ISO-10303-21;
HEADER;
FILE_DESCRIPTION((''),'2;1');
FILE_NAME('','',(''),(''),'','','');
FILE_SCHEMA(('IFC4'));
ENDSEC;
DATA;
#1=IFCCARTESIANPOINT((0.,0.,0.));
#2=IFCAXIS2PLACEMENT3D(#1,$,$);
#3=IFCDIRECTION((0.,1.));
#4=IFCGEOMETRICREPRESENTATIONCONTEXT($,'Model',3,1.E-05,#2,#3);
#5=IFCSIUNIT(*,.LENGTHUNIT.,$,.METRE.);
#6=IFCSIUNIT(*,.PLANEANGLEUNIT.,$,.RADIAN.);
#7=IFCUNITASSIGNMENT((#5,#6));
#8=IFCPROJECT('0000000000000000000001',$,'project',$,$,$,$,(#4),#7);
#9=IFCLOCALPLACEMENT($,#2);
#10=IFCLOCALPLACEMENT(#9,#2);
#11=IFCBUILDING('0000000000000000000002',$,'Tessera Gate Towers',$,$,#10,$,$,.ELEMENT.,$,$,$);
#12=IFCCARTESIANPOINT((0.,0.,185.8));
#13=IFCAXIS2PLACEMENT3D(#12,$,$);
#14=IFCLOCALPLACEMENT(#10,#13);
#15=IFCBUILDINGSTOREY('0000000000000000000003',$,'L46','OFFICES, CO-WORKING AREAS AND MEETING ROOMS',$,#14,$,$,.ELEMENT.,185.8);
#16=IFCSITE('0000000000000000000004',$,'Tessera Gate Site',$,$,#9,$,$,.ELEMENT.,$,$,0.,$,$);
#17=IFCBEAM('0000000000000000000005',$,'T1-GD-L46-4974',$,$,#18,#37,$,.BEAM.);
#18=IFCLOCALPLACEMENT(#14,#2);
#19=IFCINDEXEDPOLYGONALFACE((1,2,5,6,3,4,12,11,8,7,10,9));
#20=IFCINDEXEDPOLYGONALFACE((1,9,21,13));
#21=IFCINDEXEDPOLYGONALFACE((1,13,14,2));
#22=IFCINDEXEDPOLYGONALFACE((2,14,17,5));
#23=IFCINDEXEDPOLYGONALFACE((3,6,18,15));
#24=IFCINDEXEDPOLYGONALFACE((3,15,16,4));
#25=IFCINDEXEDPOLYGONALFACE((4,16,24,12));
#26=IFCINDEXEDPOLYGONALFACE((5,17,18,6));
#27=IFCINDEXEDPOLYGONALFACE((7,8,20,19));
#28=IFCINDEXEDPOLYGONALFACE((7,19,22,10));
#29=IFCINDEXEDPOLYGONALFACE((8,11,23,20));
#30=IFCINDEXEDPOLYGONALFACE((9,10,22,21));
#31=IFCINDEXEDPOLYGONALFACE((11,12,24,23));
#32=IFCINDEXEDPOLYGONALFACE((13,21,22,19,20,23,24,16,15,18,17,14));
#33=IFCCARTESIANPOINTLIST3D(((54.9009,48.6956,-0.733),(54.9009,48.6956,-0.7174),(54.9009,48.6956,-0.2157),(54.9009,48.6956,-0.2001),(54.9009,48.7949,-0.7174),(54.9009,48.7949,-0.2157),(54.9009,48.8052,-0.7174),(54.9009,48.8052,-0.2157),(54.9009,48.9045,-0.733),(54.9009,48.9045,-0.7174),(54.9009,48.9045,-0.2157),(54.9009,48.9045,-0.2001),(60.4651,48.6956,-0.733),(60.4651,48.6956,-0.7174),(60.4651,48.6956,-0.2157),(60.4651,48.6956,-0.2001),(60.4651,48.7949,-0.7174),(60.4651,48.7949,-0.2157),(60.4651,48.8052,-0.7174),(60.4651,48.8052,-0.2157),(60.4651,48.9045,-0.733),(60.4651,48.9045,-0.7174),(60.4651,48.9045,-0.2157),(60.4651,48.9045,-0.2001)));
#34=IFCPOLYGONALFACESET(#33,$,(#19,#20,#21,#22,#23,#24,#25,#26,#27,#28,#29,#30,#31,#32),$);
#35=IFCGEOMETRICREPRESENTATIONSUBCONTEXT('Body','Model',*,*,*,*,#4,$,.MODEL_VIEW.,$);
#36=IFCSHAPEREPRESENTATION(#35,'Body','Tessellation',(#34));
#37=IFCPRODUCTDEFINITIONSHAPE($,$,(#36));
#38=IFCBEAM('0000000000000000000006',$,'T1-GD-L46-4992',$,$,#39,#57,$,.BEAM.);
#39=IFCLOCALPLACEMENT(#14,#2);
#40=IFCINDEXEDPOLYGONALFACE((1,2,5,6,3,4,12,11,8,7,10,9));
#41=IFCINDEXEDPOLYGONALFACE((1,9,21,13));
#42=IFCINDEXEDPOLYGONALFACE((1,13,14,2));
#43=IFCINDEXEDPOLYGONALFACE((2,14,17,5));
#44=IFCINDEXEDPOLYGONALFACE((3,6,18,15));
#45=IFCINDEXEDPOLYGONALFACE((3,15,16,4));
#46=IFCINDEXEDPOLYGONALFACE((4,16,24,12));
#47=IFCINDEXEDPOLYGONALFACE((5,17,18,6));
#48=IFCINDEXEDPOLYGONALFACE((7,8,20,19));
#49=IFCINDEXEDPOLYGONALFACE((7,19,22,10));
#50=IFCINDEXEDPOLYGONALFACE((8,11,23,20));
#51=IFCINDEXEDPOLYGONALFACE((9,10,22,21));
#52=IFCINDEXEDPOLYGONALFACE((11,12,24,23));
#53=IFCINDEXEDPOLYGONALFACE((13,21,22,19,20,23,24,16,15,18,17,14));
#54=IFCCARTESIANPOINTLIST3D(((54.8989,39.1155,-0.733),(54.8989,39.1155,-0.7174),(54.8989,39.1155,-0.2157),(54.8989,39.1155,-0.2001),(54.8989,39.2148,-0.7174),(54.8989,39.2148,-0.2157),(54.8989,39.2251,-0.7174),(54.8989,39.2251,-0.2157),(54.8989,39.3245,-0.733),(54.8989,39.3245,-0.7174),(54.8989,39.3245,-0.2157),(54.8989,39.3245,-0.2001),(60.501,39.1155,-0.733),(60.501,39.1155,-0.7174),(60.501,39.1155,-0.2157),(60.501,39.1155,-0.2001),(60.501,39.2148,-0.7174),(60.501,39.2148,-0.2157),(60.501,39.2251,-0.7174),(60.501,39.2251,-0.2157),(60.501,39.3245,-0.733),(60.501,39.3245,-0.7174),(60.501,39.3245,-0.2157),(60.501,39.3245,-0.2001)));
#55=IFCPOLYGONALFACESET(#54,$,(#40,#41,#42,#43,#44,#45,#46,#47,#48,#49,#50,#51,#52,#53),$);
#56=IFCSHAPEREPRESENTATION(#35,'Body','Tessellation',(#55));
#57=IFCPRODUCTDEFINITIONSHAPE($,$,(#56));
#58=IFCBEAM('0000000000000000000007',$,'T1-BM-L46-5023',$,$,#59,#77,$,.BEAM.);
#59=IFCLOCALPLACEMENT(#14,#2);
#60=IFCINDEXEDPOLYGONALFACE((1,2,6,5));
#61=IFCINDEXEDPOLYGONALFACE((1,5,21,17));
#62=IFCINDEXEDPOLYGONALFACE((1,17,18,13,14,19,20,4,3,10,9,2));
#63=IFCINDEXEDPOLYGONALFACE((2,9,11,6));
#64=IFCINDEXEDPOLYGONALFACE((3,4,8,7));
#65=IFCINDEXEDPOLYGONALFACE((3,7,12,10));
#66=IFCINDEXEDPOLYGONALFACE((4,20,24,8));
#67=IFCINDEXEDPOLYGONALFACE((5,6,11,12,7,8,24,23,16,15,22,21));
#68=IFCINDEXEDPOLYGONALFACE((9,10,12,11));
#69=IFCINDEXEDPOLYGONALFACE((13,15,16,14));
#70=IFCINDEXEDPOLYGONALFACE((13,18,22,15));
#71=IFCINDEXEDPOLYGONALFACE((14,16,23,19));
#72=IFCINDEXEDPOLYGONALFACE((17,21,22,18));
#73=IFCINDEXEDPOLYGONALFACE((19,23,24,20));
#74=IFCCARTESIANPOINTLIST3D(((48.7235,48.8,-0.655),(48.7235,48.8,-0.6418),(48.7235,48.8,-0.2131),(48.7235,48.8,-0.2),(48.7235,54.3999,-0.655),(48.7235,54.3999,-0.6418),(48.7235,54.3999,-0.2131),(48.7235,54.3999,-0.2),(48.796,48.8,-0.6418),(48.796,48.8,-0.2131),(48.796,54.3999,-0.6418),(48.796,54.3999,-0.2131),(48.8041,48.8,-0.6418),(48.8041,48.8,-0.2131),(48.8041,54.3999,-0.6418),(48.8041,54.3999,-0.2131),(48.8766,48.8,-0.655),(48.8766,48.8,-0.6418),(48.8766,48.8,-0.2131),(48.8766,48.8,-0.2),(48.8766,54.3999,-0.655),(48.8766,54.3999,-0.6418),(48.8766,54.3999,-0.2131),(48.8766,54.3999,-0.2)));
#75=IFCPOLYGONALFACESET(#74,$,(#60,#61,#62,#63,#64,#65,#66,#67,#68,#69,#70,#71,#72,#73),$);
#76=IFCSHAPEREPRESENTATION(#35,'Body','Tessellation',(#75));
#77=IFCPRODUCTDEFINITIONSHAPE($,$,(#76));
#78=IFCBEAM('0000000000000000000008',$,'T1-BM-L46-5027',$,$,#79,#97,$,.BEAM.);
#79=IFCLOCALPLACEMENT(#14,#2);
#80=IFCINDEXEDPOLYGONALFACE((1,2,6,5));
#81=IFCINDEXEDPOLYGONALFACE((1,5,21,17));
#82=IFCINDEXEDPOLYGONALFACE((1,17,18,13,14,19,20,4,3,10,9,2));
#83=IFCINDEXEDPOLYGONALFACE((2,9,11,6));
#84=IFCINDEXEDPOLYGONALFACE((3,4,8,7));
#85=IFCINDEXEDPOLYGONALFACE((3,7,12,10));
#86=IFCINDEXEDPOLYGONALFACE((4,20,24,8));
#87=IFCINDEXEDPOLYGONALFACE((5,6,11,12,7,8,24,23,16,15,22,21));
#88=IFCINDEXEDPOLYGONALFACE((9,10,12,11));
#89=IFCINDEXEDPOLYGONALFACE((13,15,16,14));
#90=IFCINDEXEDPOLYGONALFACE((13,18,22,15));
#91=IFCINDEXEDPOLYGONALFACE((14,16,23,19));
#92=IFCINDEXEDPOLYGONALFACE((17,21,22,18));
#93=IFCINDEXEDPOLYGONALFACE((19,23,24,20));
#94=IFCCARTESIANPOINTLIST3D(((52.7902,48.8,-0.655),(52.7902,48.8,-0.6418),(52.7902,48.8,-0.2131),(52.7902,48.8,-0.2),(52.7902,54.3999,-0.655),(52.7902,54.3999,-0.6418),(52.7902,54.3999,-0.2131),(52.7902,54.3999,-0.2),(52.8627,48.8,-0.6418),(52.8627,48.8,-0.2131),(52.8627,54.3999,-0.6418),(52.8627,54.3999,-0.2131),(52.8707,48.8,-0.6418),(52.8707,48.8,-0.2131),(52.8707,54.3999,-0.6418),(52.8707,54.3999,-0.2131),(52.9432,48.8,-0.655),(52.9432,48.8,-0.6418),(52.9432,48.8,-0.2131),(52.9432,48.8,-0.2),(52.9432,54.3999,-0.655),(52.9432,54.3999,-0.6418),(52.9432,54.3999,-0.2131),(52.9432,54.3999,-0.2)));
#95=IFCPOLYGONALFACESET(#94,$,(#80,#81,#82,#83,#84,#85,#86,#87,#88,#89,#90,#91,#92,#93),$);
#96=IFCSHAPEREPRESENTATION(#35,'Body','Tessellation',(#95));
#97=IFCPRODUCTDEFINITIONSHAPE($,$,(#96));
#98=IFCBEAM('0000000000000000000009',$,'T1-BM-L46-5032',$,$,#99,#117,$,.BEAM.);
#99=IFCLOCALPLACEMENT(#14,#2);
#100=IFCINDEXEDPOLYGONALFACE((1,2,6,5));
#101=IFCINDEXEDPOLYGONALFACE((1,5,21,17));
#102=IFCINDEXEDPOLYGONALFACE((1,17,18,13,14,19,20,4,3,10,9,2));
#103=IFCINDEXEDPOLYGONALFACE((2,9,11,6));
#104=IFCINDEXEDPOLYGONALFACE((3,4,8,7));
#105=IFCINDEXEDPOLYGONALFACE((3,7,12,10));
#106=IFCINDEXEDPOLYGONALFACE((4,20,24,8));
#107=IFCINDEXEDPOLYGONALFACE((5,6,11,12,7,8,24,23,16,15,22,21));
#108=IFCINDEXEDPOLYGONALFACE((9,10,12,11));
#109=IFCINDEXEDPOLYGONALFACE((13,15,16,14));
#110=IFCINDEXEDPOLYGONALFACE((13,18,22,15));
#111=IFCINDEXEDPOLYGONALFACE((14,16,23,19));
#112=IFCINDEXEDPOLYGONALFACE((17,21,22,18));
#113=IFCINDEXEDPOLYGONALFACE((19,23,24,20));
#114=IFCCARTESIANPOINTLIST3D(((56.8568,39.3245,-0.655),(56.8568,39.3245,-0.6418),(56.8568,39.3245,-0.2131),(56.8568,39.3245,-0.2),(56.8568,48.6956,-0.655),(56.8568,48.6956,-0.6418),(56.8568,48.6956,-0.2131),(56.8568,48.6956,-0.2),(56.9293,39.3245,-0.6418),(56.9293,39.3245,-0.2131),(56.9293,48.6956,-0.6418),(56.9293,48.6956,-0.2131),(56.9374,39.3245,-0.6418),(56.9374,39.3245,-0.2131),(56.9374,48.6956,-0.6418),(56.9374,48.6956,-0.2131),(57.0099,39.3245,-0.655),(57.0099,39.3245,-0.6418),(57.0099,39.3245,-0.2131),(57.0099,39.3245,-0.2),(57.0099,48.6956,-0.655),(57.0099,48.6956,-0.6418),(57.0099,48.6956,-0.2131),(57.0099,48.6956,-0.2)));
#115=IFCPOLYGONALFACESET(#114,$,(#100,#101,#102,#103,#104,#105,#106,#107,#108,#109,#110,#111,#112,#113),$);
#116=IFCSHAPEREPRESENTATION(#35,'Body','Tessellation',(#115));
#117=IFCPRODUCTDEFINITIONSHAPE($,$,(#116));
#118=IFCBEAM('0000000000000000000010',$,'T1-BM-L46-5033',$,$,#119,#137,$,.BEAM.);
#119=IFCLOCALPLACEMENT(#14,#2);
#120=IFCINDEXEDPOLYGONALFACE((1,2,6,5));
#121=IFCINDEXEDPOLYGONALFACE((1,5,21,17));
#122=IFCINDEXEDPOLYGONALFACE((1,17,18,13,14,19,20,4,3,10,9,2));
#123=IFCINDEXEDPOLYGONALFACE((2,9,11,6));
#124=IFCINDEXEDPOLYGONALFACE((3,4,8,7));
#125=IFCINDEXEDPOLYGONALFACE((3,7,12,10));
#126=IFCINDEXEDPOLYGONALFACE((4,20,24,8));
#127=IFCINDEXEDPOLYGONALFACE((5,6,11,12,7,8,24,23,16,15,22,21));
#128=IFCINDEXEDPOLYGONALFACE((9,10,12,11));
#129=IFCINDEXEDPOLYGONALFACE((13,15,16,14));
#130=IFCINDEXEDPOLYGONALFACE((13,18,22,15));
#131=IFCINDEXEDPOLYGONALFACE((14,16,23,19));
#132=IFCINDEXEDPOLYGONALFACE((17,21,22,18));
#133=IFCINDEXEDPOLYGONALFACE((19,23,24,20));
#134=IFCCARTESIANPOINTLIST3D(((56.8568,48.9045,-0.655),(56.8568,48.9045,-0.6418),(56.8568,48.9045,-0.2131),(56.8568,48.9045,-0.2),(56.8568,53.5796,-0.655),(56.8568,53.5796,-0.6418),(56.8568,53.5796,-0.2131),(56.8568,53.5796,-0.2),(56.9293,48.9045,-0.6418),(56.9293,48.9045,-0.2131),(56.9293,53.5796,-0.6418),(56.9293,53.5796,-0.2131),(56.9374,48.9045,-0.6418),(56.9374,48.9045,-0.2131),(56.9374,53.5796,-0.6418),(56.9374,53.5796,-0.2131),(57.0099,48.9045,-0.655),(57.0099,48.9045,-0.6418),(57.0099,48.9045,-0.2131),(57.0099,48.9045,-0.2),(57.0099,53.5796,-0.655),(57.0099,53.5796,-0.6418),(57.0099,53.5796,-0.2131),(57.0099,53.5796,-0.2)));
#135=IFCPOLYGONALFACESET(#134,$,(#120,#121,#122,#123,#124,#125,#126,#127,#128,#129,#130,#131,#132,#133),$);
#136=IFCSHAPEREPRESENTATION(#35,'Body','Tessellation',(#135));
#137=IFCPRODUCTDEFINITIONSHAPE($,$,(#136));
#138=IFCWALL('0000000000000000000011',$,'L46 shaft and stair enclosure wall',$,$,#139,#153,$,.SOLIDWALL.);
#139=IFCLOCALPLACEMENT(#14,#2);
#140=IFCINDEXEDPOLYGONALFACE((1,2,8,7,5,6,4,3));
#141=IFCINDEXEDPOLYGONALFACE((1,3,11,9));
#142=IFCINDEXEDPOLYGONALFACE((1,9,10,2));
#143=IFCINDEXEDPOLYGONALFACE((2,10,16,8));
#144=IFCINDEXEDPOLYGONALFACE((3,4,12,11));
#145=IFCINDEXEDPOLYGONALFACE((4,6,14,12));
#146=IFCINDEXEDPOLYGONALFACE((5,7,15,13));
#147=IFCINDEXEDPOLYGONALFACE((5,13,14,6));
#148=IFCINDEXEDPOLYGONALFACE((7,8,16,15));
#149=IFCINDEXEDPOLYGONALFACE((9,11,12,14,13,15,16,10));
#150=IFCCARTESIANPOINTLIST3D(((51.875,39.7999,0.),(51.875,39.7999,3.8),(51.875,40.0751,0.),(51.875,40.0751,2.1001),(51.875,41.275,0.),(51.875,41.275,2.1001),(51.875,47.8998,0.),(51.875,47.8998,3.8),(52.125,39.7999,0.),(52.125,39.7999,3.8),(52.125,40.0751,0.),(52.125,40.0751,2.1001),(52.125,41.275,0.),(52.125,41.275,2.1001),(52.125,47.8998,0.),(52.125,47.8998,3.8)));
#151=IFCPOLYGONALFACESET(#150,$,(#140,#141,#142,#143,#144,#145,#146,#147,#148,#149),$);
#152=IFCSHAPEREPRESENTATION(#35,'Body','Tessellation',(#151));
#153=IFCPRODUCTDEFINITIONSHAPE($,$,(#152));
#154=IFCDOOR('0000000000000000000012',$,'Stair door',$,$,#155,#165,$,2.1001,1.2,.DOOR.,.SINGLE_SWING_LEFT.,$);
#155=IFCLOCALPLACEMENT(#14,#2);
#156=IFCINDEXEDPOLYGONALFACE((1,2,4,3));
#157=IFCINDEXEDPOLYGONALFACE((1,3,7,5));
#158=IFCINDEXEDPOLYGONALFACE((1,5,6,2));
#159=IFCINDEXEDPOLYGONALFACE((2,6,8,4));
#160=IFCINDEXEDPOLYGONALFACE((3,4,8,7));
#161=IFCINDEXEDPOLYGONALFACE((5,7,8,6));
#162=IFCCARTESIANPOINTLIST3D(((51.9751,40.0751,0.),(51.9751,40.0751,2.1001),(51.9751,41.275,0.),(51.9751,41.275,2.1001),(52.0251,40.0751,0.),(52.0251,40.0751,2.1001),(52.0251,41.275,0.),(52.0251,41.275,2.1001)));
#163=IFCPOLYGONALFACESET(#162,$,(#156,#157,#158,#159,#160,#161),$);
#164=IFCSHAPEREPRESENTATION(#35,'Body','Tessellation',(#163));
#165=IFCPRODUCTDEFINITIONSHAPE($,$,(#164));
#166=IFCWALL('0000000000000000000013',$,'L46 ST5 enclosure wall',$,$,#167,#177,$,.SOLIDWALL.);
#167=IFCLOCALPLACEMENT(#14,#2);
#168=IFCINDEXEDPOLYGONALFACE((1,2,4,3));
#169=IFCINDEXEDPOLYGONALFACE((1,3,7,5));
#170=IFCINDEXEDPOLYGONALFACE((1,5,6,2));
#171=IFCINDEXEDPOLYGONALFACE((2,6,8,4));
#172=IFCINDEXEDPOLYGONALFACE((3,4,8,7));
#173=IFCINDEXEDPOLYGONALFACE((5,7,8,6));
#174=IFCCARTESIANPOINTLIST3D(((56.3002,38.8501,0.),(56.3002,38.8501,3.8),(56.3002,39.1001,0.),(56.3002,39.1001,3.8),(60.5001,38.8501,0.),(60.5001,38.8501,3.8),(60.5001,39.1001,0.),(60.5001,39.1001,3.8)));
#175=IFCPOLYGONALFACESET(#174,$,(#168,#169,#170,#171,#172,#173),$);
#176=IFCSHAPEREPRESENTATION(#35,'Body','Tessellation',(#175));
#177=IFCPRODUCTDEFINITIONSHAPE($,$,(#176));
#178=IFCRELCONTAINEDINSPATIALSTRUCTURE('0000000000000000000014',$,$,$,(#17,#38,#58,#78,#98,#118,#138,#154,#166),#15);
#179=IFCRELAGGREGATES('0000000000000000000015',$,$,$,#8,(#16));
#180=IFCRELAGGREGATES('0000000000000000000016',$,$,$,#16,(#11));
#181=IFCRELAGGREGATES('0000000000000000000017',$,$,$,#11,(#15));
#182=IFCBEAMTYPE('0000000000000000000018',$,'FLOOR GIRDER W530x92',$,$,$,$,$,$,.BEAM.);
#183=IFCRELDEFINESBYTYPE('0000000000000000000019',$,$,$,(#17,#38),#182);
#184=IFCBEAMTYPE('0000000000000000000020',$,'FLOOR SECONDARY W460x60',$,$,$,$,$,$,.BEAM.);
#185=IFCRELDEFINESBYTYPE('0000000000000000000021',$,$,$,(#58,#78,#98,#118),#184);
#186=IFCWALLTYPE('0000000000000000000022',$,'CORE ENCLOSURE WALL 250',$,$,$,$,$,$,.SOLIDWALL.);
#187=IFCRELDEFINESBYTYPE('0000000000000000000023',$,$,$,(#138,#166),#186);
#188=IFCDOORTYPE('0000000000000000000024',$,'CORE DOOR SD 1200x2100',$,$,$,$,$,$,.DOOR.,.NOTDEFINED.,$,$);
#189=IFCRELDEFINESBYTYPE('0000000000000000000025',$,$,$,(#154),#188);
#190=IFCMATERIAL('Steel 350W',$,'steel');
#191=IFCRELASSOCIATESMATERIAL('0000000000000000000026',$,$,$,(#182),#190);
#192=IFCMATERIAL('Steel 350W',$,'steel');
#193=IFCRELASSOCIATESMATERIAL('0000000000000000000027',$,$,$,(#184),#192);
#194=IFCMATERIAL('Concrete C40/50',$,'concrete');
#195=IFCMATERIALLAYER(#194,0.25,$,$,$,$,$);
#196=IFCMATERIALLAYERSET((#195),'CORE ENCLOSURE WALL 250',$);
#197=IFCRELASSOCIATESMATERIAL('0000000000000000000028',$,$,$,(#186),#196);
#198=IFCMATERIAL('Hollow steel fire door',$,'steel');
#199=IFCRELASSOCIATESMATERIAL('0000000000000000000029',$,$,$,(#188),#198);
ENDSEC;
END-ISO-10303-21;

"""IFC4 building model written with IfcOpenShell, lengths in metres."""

from ifc_helpers import new_model, si_unit, direction, frame, frame_2d, origin, origin_2d, place, context, subcontext, project, spatial, rectangle, i_section, extrude, source, transform, mapped, material, layer, layer_set, material_profile, profile_set, type_object, element, fill, save


model = new_model("IFC4")

# Units and contexts
model_context = context("Model", 3, precision=1e-05, world=origin(), true_north=direction((0.0, 1.0)))
body_context = subcontext(model_context, "Body", "Model", "MODEL_VIEW")
ifc_project = project(units=[si_unit("LENGTHUNIT", "METRE"), si_unit("PLANEANGLEUNIT", "RADIAN")], contexts=[model_context])

# Site, building, storey
site_placement = place(None, origin())
site = spatial("IfcSite", under=ifc_project, at=site_placement, Name="Tessera Gate Site", CompositionType="ELEMENT", RefElevation=0.0)
building_placement = place(site_placement, origin())
building = spatial("IfcBuilding", under=site, at=building_placement, Name="Tessera Gate Towers", CompositionType="ELEMENT")
storey_placement = place(building_placement, frame((0.0, 0.0, 185.8)))
storey = spatial("IfcBuildingStorey", under=building, at=storey_placement, Name="L46", Description="OFFICES, CO-WORKING AREAS AND MEETING ROOMS", CompositionType="ELEMENT", Elevation=185.8)

# Beams
ifc_material_1 = material(Name="Steel 350W", Category="steel")
ifc_material_profile_1 = material_profile(ifc_material_1, i_section(OverallWidth=0.209, OverallDepth=0.533, WebThickness=0.0103, FlangeThickness=0.0156, at=origin_2d()), Name="W530x92")
ifc_profile_set_1 = profile_set([ifc_material_profile_1], Name="Steel 350W")
beam_type_1 = type_object("IfcBeamType", Name="FLOOR GIRDER W530x92", PredefinedType="BEAM", material=ifc_profile_set_1)
beam_1_placement = place(storey_placement, frame((54.9009, 48.8, -0.4666), z_axis=(1.0, 0.0, 0.0), x_axis=(0.0, 1.0, 0.0)))
element("IfcBeam", 1, at=beam_1_placement, inside=storey, type_object=beam_type_1, Name="T1-GD-L46-4974", PredefinedType="BEAM", context=body_context, shape_type="SweptSolid", body=[
    extrude(i_section(OverallWidth=0.209, OverallDepth=0.533, WebThickness=0.0103, FlangeThickness=0.0156, at=origin_2d()), origin(), (0.0, 0.0, 1.0), 5.5642),
])
beam_2_placement = place(storey_placement, frame((54.8989, 39.22, -0.4666), z_axis=(1.0, 0.0, 0.0), x_axis=(0.0, 1.0, 0.0)))
element("IfcBeam", 2, at=beam_2_placement, inside=storey, type_object=beam_type_1, Name="T1-GD-L46-4992", PredefinedType="BEAM", context=body_context, shape_type="SweptSolid", body=[
    extrude(i_section(OverallWidth=0.209, OverallDepth=0.533, WebThickness=0.0103, FlangeThickness=0.0156, at=origin_2d()), origin(), (0.0, 0.0, 1.0), 5.6021),
])
ifc_material_2 = material(Name="Steel 350W", Category="steel")
ifc_material_profile_2 = material_profile(ifc_material_2, i_section(OverallWidth=0.1531, OverallDepth=0.4551, WebThickness=0.0081, FlangeThickness=0.0132, at=origin_2d()), Name="W460x60")
ifc_profile_set_2 = profile_set([ifc_material_profile_2], Name="Steel 350W")
beam_type_2 = type_object("IfcBeamType", Name="FLOOR SECONDARY W460x60", PredefinedType="BEAM", material=ifc_profile_set_2)
for number, where, z_axis, x_axis, name in (
    (3, (48.8, 48.8, -0.4275), (0.0, 1.0, 0.0), (-1.0, 0.0, 0.0), "T1-BM-L46-5023"),
    (4, (52.8667, 48.8, -0.4275), (0.0, 1.0, 0.0), (-1.0, 0.0, 0.0), "T1-BM-L46-5027"),
):
    element("IfcBeam", number, at=place(storey_placement, frame(where, z_axis=z_axis, x_axis=x_axis)), inside=storey, type_object=beam_type_2, Name=name, PredefinedType="BEAM", context=body_context, shape_type="SweptSolid", body=[
        extrude(i_section(OverallWidth=0.1531, OverallDepth=0.4551, WebThickness=0.0081, FlangeThickness=0.0132, at=origin_2d()), origin(), (0.0, 0.0, 1.0), 5.5999),
    ])
beam_3_placement = place(storey_placement, frame((56.9333, 39.3245, -0.4275), z_axis=(0.0, 1.0, 0.0), x_axis=(-1.0, 0.0, 0.0)))
element("IfcBeam", 5, at=beam_3_placement, inside=storey, type_object=beam_type_2, Name="T1-BM-L46-5032", PredefinedType="BEAM", context=body_context, shape_type="SweptSolid", body=[
    extrude(i_section(OverallWidth=0.1531, OverallDepth=0.4551, WebThickness=0.0081, FlangeThickness=0.0132, at=origin_2d()), origin(), (0.0, 0.0, 1.0), 9.3711),
])
beam_4_placement = place(storey_placement, frame((56.9333, 48.9045, -0.4275), z_axis=(0.0, 1.0, 0.0), x_axis=(-1.0, 0.0, 0.0)))
element("IfcBeam", 6, at=beam_4_placement, inside=storey, type_object=beam_type_2, Name="T1-BM-L46-5033", PredefinedType="BEAM", context=body_context, shape_type="SweptSolid", body=[
    extrude(i_section(OverallWidth=0.1531, OverallDepth=0.4551, WebThickness=0.0081, FlangeThickness=0.0132, at=origin_2d()), origin(), (0.0, 0.0, 1.0), 4.675),
])

# Wall, opening, door
ifc_material_3 = material(Name="Concrete C40/50", Category="concrete")
ifc_layer_1 = layer(ifc_material_3, 0.25)
ifc_layer_set_1 = layer_set([ifc_layer_1], Name="CORE ENCLOSURE WALL 250")
wall_type_1 = type_object("IfcWallType", Name="CORE ENCLOSURE WALL 250", PredefinedType="SOLIDWALL", material=ifc_layer_set_1)
wall_1_placement = place(storey_placement, frame((52.0, 39.8, 0.0), z_axis=(0.0, 0.0, 1.0), x_axis=(0.0, 1.0, 0.0)))
wall_1 = element("IfcWall", 7, at=wall_1_placement, inside=storey, type_object=wall_type_1, Name="L46 shaft and stair enclosure wall", PredefinedType="SOLIDWALL", context=body_context, shape_type="SweptSolid", body=[
    extrude(rectangle(XDim=8.0999, YDim=0.25, at=frame_2d((4.0498, 0.0))), origin(), (0.0, 0.0, 1.0), 3.8),
])
shared_shape_1 = source(origin(), body_context, "Body", "SweptSolid", [
    extrude(rectangle(XDim=1.2, YDim=2.1001, at=frame_2d((0.6001, 1.05))), frame((0.0, 0.135, 0.0), z_axis=(0.0, -1.0, 0.0), x_axis=(1.0, 0.0, 0.0)), (0.0, 0.0, 1.0), 0.27),
])
opening_1_placement = place(wall_1_placement, frame((0.2749, 0.0, 0.0)))
opening_1 = element("IfcOpeningElement", 8, at=opening_1_placement, cuts=wall_1, PredefinedType="OPENING", context=body_context, shape_type="MappedRepresentation", body=[
    mapped(shared_shape_1, transform((0.0, 0.0, 0.0), scale=1.0)),
])
ifc_material_4 = material(Name="Hollow steel fire door", Category="steel")
door_type_1 = type_object("IfcDoorType", Name="CORE DOOR SD 1200x2100", OperationType="NOTDEFINED", PredefinedType="DOOR", material=ifc_material_4)
shared_shape_2 = source(origin(), body_context, "Body", "SweptSolid", [
    extrude(rectangle(XDim=1.2, YDim=2.1001, at=frame_2d((0.6001, 1.05))), frame((0.0, 0.0249, 0.0), z_axis=(0.0, -1.0, 0.0), x_axis=(1.0, 0.0, 0.0)), (0.0, 0.0, 1.0), 0.05),
])
door_1_placement = place(opening_1_placement, origin())
door_1 = element("IfcDoor", 9, at=door_1_placement, inside=storey, type_object=door_type_1, Name="Stair door", OperationType="SINGLE_SWING_LEFT", OverallHeight=2.1001, OverallWidth=1.2, PredefinedType="DOOR", context=body_context, shape_type="MappedRepresentation", body=[
    mapped(shared_shape_2, transform((0.0, 0.0, 0.0), scale=1.0)),
])
fill(opening_1, door_1)

# Wall
wall_2_placement = place(storey_placement, frame((56.3, 38.9751, 0.0), z_axis=(0.0, 0.0, 1.0), x_axis=(1.0, 0.0, 0.0)))
element("IfcWall", 10, at=wall_2_placement, inside=storey, type_object=wall_type_1, Name="L46 ST5 enclosure wall", PredefinedType="SOLIDWALL", context=body_context, shape_type="SweptSolid", body=[
    extrude(rectangle(XDim=4.2, YDim=0.25, at=frame_2d((2.1001, 0.0))), origin(), (0.0, 0.0, 1.0), 3.8),
])

save(model, "model.ifc")
